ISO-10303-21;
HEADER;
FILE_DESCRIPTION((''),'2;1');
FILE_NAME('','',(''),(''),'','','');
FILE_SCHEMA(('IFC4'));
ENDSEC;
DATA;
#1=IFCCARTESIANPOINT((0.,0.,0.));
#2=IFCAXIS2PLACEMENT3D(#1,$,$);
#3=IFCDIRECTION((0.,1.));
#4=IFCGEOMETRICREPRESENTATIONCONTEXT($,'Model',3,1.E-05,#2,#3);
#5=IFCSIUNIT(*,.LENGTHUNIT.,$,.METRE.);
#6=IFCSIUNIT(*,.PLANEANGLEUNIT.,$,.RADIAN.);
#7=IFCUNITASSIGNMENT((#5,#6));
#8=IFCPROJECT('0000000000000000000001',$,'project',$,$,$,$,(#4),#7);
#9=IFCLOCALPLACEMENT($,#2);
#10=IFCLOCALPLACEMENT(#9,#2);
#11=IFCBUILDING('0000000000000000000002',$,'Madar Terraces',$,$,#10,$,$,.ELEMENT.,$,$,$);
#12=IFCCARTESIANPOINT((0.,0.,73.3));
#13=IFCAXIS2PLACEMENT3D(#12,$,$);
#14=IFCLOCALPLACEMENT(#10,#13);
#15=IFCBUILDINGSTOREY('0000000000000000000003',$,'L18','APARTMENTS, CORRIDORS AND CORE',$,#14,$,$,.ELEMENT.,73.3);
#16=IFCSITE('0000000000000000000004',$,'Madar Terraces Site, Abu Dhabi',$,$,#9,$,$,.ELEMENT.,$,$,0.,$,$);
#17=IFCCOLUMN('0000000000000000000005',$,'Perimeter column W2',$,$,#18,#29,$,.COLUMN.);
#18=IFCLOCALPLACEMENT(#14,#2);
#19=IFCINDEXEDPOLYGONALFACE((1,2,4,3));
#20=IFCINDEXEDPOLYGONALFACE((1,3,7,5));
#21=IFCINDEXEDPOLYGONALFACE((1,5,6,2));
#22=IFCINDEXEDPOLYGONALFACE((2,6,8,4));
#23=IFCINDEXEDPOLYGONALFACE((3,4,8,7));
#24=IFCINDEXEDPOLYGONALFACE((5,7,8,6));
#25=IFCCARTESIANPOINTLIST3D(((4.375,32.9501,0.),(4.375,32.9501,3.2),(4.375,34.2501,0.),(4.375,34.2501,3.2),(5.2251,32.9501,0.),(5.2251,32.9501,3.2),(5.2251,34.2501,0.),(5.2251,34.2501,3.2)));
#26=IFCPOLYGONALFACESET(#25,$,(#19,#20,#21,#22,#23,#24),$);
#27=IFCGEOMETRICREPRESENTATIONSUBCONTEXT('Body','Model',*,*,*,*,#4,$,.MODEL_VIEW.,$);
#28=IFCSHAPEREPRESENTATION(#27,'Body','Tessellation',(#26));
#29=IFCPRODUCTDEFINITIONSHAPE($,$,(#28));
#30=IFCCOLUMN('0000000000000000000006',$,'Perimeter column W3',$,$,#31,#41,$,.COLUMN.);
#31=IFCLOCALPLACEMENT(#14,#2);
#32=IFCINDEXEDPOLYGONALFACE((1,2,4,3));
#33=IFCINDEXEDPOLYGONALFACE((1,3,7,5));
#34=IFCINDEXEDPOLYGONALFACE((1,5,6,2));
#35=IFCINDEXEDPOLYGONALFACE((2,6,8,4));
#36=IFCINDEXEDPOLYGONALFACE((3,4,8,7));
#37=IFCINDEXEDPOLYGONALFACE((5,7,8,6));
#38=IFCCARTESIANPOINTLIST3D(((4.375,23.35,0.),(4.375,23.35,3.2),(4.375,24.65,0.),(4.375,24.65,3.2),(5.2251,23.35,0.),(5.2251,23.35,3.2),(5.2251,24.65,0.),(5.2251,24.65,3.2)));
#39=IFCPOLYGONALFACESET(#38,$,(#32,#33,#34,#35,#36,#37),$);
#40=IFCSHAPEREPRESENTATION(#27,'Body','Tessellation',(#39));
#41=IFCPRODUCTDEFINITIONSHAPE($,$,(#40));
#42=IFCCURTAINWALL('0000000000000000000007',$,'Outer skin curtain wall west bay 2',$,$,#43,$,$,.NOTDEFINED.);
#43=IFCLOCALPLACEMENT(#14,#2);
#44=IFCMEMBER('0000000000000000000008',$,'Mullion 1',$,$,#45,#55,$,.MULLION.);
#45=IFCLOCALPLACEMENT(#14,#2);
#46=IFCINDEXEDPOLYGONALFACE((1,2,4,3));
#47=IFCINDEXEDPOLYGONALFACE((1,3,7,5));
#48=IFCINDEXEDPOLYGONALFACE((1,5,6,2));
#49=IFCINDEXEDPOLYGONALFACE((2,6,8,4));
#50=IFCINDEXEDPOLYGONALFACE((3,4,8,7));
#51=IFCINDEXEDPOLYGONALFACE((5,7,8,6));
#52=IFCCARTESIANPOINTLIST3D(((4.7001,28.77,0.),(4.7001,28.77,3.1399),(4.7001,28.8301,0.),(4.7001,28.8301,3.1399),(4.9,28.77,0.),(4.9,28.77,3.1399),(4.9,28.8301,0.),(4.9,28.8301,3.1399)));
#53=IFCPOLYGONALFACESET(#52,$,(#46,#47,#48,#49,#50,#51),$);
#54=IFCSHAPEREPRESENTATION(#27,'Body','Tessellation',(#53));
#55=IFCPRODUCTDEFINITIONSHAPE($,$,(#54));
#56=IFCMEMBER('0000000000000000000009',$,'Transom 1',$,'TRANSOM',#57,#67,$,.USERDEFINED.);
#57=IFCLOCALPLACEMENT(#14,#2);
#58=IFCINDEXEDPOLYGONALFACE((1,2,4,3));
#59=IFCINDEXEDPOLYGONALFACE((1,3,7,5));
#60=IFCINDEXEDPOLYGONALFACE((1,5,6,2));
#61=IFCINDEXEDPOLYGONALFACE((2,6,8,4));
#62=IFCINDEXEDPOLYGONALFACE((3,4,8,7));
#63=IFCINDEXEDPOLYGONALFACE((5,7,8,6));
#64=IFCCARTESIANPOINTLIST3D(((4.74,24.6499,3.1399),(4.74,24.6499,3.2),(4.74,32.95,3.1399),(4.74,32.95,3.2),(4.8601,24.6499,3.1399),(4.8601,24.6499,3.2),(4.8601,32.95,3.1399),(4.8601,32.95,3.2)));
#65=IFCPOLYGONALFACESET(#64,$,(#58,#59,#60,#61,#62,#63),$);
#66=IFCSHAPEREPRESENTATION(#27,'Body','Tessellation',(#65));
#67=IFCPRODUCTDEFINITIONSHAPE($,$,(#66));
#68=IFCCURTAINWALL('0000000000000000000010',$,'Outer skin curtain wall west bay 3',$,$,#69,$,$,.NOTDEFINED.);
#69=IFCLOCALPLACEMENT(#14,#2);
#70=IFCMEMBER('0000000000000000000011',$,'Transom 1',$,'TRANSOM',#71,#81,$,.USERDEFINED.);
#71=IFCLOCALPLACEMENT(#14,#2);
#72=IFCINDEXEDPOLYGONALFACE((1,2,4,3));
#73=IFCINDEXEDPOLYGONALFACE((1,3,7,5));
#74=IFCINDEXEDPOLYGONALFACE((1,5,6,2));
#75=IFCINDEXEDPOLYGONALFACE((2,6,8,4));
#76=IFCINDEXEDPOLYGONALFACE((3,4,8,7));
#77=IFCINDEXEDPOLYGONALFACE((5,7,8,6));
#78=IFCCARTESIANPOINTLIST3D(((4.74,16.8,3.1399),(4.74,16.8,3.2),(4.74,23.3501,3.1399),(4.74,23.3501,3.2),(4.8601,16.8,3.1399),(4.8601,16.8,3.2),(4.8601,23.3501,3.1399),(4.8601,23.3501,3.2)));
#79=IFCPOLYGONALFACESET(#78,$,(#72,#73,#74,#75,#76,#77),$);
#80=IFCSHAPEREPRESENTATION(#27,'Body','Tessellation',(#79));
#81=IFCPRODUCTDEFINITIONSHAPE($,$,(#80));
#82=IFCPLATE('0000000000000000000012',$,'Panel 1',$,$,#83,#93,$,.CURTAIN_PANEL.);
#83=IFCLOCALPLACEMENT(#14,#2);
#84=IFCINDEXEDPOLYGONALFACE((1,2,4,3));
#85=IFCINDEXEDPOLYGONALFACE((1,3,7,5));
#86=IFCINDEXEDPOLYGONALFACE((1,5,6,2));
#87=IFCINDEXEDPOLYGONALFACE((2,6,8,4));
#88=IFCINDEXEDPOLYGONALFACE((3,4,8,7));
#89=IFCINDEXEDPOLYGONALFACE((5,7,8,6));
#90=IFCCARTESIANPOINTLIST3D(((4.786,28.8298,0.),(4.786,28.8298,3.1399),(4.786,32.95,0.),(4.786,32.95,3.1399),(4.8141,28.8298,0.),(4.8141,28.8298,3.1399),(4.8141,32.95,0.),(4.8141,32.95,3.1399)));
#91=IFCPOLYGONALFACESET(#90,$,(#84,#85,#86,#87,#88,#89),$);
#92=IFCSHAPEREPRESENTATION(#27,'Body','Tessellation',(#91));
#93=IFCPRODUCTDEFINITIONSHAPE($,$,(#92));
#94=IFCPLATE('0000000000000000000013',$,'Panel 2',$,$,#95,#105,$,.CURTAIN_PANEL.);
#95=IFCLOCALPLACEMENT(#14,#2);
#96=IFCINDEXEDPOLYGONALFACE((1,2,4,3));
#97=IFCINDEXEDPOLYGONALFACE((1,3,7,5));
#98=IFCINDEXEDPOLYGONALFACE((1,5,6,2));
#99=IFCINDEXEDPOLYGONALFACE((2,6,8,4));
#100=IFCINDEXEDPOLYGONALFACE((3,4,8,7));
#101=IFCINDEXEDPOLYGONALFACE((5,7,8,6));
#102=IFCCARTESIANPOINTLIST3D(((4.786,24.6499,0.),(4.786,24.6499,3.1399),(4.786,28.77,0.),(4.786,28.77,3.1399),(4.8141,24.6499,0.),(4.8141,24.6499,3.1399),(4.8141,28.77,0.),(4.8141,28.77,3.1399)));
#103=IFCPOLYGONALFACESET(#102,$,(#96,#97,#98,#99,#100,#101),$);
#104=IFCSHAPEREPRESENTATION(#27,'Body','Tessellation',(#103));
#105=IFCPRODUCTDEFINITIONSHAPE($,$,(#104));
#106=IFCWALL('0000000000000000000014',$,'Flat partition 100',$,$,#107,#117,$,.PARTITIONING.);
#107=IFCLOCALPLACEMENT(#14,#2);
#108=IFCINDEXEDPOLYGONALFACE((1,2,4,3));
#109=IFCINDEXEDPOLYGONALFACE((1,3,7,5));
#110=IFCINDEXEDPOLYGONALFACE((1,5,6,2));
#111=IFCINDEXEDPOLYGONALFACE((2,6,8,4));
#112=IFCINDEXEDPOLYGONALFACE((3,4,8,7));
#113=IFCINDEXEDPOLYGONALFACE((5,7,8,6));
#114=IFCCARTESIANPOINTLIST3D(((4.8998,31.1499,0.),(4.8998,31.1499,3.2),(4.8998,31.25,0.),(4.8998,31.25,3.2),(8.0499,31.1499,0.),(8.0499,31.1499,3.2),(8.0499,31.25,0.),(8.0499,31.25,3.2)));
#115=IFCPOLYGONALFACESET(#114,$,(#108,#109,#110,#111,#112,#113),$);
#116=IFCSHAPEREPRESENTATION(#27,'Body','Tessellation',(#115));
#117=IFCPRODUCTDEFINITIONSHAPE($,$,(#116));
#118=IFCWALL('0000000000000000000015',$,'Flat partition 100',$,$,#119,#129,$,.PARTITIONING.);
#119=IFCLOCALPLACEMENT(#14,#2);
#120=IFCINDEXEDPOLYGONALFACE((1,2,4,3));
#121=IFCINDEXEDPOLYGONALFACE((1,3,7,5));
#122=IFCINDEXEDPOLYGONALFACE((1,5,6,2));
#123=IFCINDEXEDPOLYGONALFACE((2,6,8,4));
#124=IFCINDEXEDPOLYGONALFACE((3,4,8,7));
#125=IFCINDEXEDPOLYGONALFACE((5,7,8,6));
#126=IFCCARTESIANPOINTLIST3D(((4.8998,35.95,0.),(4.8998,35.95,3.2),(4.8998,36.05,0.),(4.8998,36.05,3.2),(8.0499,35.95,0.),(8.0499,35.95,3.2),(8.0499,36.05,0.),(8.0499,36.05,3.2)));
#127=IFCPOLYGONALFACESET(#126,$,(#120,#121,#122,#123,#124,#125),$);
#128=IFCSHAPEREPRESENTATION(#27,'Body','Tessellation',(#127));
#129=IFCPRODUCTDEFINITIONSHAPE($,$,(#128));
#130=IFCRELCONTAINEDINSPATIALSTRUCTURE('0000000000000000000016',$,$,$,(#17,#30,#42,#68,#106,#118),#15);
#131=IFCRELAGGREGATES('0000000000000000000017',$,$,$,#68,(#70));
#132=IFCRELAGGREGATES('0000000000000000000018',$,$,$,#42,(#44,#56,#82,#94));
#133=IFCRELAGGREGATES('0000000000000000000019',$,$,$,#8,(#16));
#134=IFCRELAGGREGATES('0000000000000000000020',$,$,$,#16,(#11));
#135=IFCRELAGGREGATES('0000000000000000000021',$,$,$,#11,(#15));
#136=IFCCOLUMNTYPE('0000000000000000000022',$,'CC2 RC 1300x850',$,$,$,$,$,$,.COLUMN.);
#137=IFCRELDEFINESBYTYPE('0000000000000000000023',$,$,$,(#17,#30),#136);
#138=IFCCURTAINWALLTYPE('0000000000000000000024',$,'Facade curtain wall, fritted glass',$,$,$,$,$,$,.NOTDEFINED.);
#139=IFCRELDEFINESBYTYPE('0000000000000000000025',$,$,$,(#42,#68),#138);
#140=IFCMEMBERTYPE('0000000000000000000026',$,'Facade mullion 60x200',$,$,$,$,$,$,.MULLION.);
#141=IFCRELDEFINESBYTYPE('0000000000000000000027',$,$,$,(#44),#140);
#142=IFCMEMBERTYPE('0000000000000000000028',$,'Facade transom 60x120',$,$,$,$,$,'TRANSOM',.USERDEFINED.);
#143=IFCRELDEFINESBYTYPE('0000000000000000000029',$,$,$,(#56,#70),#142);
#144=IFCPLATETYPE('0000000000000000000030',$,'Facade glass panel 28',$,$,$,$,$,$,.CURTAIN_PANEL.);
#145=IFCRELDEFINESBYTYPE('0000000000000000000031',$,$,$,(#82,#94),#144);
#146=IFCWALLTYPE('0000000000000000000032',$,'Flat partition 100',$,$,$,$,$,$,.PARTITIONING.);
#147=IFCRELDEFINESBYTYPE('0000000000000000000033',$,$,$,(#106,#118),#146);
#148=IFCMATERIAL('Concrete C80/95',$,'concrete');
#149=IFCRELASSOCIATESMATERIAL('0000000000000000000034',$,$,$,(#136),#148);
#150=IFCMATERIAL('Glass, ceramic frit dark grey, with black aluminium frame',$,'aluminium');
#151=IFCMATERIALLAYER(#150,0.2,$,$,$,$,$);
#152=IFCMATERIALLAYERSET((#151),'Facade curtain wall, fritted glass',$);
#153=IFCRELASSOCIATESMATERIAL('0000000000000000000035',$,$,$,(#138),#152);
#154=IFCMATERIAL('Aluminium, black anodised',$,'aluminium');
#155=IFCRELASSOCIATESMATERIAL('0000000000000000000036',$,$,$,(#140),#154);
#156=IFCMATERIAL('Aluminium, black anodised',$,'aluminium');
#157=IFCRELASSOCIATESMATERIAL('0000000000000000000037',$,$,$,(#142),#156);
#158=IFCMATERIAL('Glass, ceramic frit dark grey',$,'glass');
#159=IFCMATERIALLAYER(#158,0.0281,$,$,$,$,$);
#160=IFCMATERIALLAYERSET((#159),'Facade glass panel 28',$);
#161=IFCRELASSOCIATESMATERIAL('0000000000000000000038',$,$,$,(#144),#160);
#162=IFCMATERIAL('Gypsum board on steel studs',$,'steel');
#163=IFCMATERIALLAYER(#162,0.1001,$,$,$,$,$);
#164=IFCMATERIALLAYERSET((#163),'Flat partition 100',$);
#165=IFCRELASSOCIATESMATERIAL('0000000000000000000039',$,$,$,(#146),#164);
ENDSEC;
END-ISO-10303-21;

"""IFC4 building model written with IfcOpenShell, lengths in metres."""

from ifc_helpers import new_model, si_unit, direction, frame, frame_2d, origin, origin_2d, place, context, subcontext, project, spatial, rectangle, extrude, material, layer, layer_set, material_profile, profile_set, type_object, element, aggregate, save


model = new_model("IFC4")

# Units and contexts
model_context = context("Model", 3, precision=1e-05, world=origin(), true_north=direction((0.0, 1.0)))
body_context = subcontext(model_context, "Body", "Model", "MODEL_VIEW")
ifc_project = project(units=[si_unit("LENGTHUNIT", "METRE"), si_unit("PLANEANGLEUNIT", "RADIAN")], contexts=[model_context])

# Site, building, storey
site_placement = place(None, origin())
site = spatial("IfcSite", under=ifc_project, at=site_placement, Name="Madar Terraces Site, Abu Dhabi", CompositionType="ELEMENT", RefElevation=0.0)
building_placement = place(site_placement, origin())
building = spatial("IfcBuilding", under=site, at=building_placement, Name="Madar Terraces", CompositionType="ELEMENT")
storey_placement = place(building_placement, frame((0.0, 0.0, 73.3)))
storey = spatial("IfcBuildingStorey", under=building, at=storey_placement, Name="L18", Description="APARTMENTS, CORRIDORS AND CORE", CompositionType="ELEMENT", Elevation=73.3)

# Columns
ifc_material_1 = material(Name="Concrete C80/95", Category="concrete")
ifc_material_profile_1 = material_profile(ifc_material_1, rectangle(XDim=1.3, YDim=0.8501, at=origin_2d()), Name="CC2 RC 1300x850")
ifc_profile_set_1 = profile_set([ifc_material_profile_1], Name="Concrete C80/95")
column_type = type_object("IfcColumnType", Name="CC2 RC 1300x850", PredefinedType="COLUMN", material=ifc_profile_set_1)
for number, where, z_axis, x_axis, name in (
    (1, (4.8, 33.6001, 0.0), (0.0, 0.0, 1.0), (0.0, 1.0, 0.0), "Perimeter column W2"),
    (2, (4.8, 24.0, 0.0), (0.0, 0.0, 1.0), (0.0, 1.0, 0.0), "Perimeter column W3"),
):
    element("IfcColumn", number, at=place(storey_placement, frame(where, z_axis=z_axis, x_axis=x_axis)), inside=storey, type_object=column_type, Name=name, PredefinedType="COLUMN", context=body_context, shape_type="SweptSolid", body=[
        extrude(rectangle(XDim=1.3, YDim=0.8501, at=origin_2d()), origin(), (0.0, 0.0, 1.0), 3.2),
    ])

# Curtain wall, members
ifc_material_2 = material(Name="Glass, ceramic frit dark grey, with black aluminium frame", Category="aluminium")
ifc_layer_1 = layer(ifc_material_2, 0.2)
ifc_layer_set_1 = layer_set([ifc_layer_1], Name="Facade curtain wall, fritted glass")
curtain_wall_type = type_object("IfcCurtainWallType", Name="Facade curtain wall, fritted glass", PredefinedType="NOTDEFINED", material=ifc_layer_set_1)
curtain_wall_1_placement = place(storey_placement, origin())
curtain_wall_1 = element("IfcCurtainWall", 3, at=curtain_wall_1_placement, inside=storey, type_object=curtain_wall_type, Name="Outer skin curtain wall west bay 2", PredefinedType="NOTDEFINED")
ifc_material_3 = material(Name="Aluminium, black anodised", Category="aluminium")
ifc_material_profile_2 = material_profile(ifc_material_3, rectangle(XDim=0.2, YDim=0.0601, at=origin_2d()), Name="Facade mullion 60x200")
ifc_profile_set_2 = profile_set([ifc_material_profile_2], Name="Aluminium, black anodised")
member_type_1 = type_object("IfcMemberType", Name="Facade mullion 60x200", PredefinedType="MULLION", material=ifc_profile_set_2)
member_1_placement = place(storey_placement, frame((4.8, 28.8, 0.0), z_axis=(0.0, 0.0, 1.0), x_axis=(1.0, 0.0, 0.0)))
member_1 = element("IfcMember", 4, at=member_1_placement, type_object=member_type_1, Name="Mullion 1", PredefinedType="MULLION", context=body_context, shape_type="SweptSolid", body=[
    extrude(rectangle(XDim=0.2, YDim=0.0601, at=origin_2d()), origin(), (0.0, 0.0, 1.0), 3.1399),
])
ifc_material_4 = material(Name="Aluminium, black anodised", Category="aluminium")
ifc_material_profile_3 = material_profile(ifc_material_4, rectangle(XDim=0.1201, YDim=0.0601, at=origin_2d()), Name="Facade transom 60x120")
ifc_profile_set_3 = profile_set([ifc_material_profile_3], Name="Aluminium, black anodised")
member_type_2 = type_object("IfcMemberType", Name="Facade transom 60x120", ElementType="TRANSOM", PredefinedType="USERDEFINED", material=ifc_profile_set_3)
member_2_placement = place(storey_placement, frame((4.8, 32.95, 3.1699), z_axis=(0.0, -1.0, 0.0), x_axis=(1.0, 0.0, 0.0)))
member_2 = element("IfcMember", 5, at=member_2_placement, type_object=member_type_2, Name="Transom 1", ObjectType="TRANSOM", PredefinedType="USERDEFINED", context=body_context, shape_type="SweptSolid", body=[
    extrude(rectangle(XDim=0.1201, YDim=0.0601, at=origin_2d()), origin(), (0.0, 0.0, 1.0), 8.3),
])

# Curtain wall, member
curtain_wall_2_placement = place(storey_placement, origin())
curtain_wall_2 = element("IfcCurtainWall", 6, at=curtain_wall_2_placement, inside=storey, type_object=curtain_wall_type, Name="Outer skin curtain wall west bay 3", PredefinedType="NOTDEFINED")
member_3_placement = place(storey_placement, frame((4.8, 23.3501, 3.1699), z_axis=(0.0, -1.0, 0.0), x_axis=(1.0, 0.0, 0.0)))
member_3 = element("IfcMember", 7, at=member_3_placement, type_object=member_type_2, Name="Transom 1", ObjectType="TRANSOM", PredefinedType="USERDEFINED", context=body_context, shape_type="SweptSolid", body=[
    extrude(rectangle(XDim=0.1201, YDim=0.0601, at=origin_2d()), origin(), (0.0, 0.0, 1.0), 6.55),
])
aggregate(curtain_wall_2, [member_3])

# Plates
ifc_material_5 = material(Name="Glass, ceramic frit dark grey", Category="glass")
ifc_layer_2 = layer(ifc_material_5, 0.0281)
ifc_layer_set_2 = layer_set([ifc_layer_2], Name="Facade glass panel 28")
plate_type = type_object("IfcPlateType", Name="Facade glass panel 28", PredefinedType="CURTAIN_PANEL", material=ifc_layer_set_2)
plate_1_placement = place(storey_placement, frame((4.8, 30.8899, 0.0), z_axis=(0.0, 0.0, 1.0), x_axis=(0.0, -1.0, 0.0)))
plate_1 = element("IfcPlate", 8, at=plate_1_placement, type_object=plate_type, Name="Panel 1", PredefinedType="CURTAIN_PANEL", context=body_context, shape_type="SweptSolid", body=[
    extrude(rectangle(XDim=4.1201, YDim=0.0281, at=origin_2d()), origin(), (0.0, 0.0, 1.0), 3.1399),
])
plate_2_placement = place(storey_placement, frame((4.8, 26.71, 0.0), z_axis=(0.0, 0.0, 1.0), x_axis=(0.0, -1.0, 0.0)))
plate_2 = element("IfcPlate", 9, at=plate_2_placement, type_object=plate_type, Name="Panel 2", PredefinedType="CURTAIN_PANEL", context=body_context, shape_type="SweptSolid", body=[
    extrude(rectangle(XDim=4.1201, YDim=0.0281, at=origin_2d()), origin(), (0.0, 0.0, 1.0), 3.1399),
])
aggregate(curtain_wall_1, [member_1, member_2, plate_1, plate_2])

# Walls
ifc_material_6 = material(Name="Gypsum board on steel studs", Category="steel")
ifc_layer_3 = layer(ifc_material_6, 0.1001)
ifc_layer_set_3 = layer_set([ifc_layer_3], Name="Flat partition 100")
wall_type_1 = type_object("IfcWallType", Name="Flat partition 100", PredefinedType="PARTITIONING", material=ifc_layer_set_3)
for number, where, z_axis, x_axis, name in (
    (10, (8.05, 31.2, 0.0), (0.0, 0.0, 1.0), (-1.0, 0.0, 0.0), "Flat partition 100"),
    (11, (8.05, 36.0, 0.0), (0.0, 0.0, 1.0), (-1.0, 0.0, 0.0), "Flat partition 100"),
):
    element("IfcWall", number, at=place(storey_placement, frame(where, z_axis=z_axis, x_axis=x_axis)), inside=storey, type_object=wall_type_1, Name=name, PredefinedType="PARTITIONING", context=body_context, shape_type="SweptSolid", body=[
        extrude(rectangle(XDim=3.1501, YDim=0.1001, at=frame_2d((1.5752, 0.0))), origin(), (0.0, 0.0, 1.0), 3.2),
    ])

save(model, "model.ifc")
